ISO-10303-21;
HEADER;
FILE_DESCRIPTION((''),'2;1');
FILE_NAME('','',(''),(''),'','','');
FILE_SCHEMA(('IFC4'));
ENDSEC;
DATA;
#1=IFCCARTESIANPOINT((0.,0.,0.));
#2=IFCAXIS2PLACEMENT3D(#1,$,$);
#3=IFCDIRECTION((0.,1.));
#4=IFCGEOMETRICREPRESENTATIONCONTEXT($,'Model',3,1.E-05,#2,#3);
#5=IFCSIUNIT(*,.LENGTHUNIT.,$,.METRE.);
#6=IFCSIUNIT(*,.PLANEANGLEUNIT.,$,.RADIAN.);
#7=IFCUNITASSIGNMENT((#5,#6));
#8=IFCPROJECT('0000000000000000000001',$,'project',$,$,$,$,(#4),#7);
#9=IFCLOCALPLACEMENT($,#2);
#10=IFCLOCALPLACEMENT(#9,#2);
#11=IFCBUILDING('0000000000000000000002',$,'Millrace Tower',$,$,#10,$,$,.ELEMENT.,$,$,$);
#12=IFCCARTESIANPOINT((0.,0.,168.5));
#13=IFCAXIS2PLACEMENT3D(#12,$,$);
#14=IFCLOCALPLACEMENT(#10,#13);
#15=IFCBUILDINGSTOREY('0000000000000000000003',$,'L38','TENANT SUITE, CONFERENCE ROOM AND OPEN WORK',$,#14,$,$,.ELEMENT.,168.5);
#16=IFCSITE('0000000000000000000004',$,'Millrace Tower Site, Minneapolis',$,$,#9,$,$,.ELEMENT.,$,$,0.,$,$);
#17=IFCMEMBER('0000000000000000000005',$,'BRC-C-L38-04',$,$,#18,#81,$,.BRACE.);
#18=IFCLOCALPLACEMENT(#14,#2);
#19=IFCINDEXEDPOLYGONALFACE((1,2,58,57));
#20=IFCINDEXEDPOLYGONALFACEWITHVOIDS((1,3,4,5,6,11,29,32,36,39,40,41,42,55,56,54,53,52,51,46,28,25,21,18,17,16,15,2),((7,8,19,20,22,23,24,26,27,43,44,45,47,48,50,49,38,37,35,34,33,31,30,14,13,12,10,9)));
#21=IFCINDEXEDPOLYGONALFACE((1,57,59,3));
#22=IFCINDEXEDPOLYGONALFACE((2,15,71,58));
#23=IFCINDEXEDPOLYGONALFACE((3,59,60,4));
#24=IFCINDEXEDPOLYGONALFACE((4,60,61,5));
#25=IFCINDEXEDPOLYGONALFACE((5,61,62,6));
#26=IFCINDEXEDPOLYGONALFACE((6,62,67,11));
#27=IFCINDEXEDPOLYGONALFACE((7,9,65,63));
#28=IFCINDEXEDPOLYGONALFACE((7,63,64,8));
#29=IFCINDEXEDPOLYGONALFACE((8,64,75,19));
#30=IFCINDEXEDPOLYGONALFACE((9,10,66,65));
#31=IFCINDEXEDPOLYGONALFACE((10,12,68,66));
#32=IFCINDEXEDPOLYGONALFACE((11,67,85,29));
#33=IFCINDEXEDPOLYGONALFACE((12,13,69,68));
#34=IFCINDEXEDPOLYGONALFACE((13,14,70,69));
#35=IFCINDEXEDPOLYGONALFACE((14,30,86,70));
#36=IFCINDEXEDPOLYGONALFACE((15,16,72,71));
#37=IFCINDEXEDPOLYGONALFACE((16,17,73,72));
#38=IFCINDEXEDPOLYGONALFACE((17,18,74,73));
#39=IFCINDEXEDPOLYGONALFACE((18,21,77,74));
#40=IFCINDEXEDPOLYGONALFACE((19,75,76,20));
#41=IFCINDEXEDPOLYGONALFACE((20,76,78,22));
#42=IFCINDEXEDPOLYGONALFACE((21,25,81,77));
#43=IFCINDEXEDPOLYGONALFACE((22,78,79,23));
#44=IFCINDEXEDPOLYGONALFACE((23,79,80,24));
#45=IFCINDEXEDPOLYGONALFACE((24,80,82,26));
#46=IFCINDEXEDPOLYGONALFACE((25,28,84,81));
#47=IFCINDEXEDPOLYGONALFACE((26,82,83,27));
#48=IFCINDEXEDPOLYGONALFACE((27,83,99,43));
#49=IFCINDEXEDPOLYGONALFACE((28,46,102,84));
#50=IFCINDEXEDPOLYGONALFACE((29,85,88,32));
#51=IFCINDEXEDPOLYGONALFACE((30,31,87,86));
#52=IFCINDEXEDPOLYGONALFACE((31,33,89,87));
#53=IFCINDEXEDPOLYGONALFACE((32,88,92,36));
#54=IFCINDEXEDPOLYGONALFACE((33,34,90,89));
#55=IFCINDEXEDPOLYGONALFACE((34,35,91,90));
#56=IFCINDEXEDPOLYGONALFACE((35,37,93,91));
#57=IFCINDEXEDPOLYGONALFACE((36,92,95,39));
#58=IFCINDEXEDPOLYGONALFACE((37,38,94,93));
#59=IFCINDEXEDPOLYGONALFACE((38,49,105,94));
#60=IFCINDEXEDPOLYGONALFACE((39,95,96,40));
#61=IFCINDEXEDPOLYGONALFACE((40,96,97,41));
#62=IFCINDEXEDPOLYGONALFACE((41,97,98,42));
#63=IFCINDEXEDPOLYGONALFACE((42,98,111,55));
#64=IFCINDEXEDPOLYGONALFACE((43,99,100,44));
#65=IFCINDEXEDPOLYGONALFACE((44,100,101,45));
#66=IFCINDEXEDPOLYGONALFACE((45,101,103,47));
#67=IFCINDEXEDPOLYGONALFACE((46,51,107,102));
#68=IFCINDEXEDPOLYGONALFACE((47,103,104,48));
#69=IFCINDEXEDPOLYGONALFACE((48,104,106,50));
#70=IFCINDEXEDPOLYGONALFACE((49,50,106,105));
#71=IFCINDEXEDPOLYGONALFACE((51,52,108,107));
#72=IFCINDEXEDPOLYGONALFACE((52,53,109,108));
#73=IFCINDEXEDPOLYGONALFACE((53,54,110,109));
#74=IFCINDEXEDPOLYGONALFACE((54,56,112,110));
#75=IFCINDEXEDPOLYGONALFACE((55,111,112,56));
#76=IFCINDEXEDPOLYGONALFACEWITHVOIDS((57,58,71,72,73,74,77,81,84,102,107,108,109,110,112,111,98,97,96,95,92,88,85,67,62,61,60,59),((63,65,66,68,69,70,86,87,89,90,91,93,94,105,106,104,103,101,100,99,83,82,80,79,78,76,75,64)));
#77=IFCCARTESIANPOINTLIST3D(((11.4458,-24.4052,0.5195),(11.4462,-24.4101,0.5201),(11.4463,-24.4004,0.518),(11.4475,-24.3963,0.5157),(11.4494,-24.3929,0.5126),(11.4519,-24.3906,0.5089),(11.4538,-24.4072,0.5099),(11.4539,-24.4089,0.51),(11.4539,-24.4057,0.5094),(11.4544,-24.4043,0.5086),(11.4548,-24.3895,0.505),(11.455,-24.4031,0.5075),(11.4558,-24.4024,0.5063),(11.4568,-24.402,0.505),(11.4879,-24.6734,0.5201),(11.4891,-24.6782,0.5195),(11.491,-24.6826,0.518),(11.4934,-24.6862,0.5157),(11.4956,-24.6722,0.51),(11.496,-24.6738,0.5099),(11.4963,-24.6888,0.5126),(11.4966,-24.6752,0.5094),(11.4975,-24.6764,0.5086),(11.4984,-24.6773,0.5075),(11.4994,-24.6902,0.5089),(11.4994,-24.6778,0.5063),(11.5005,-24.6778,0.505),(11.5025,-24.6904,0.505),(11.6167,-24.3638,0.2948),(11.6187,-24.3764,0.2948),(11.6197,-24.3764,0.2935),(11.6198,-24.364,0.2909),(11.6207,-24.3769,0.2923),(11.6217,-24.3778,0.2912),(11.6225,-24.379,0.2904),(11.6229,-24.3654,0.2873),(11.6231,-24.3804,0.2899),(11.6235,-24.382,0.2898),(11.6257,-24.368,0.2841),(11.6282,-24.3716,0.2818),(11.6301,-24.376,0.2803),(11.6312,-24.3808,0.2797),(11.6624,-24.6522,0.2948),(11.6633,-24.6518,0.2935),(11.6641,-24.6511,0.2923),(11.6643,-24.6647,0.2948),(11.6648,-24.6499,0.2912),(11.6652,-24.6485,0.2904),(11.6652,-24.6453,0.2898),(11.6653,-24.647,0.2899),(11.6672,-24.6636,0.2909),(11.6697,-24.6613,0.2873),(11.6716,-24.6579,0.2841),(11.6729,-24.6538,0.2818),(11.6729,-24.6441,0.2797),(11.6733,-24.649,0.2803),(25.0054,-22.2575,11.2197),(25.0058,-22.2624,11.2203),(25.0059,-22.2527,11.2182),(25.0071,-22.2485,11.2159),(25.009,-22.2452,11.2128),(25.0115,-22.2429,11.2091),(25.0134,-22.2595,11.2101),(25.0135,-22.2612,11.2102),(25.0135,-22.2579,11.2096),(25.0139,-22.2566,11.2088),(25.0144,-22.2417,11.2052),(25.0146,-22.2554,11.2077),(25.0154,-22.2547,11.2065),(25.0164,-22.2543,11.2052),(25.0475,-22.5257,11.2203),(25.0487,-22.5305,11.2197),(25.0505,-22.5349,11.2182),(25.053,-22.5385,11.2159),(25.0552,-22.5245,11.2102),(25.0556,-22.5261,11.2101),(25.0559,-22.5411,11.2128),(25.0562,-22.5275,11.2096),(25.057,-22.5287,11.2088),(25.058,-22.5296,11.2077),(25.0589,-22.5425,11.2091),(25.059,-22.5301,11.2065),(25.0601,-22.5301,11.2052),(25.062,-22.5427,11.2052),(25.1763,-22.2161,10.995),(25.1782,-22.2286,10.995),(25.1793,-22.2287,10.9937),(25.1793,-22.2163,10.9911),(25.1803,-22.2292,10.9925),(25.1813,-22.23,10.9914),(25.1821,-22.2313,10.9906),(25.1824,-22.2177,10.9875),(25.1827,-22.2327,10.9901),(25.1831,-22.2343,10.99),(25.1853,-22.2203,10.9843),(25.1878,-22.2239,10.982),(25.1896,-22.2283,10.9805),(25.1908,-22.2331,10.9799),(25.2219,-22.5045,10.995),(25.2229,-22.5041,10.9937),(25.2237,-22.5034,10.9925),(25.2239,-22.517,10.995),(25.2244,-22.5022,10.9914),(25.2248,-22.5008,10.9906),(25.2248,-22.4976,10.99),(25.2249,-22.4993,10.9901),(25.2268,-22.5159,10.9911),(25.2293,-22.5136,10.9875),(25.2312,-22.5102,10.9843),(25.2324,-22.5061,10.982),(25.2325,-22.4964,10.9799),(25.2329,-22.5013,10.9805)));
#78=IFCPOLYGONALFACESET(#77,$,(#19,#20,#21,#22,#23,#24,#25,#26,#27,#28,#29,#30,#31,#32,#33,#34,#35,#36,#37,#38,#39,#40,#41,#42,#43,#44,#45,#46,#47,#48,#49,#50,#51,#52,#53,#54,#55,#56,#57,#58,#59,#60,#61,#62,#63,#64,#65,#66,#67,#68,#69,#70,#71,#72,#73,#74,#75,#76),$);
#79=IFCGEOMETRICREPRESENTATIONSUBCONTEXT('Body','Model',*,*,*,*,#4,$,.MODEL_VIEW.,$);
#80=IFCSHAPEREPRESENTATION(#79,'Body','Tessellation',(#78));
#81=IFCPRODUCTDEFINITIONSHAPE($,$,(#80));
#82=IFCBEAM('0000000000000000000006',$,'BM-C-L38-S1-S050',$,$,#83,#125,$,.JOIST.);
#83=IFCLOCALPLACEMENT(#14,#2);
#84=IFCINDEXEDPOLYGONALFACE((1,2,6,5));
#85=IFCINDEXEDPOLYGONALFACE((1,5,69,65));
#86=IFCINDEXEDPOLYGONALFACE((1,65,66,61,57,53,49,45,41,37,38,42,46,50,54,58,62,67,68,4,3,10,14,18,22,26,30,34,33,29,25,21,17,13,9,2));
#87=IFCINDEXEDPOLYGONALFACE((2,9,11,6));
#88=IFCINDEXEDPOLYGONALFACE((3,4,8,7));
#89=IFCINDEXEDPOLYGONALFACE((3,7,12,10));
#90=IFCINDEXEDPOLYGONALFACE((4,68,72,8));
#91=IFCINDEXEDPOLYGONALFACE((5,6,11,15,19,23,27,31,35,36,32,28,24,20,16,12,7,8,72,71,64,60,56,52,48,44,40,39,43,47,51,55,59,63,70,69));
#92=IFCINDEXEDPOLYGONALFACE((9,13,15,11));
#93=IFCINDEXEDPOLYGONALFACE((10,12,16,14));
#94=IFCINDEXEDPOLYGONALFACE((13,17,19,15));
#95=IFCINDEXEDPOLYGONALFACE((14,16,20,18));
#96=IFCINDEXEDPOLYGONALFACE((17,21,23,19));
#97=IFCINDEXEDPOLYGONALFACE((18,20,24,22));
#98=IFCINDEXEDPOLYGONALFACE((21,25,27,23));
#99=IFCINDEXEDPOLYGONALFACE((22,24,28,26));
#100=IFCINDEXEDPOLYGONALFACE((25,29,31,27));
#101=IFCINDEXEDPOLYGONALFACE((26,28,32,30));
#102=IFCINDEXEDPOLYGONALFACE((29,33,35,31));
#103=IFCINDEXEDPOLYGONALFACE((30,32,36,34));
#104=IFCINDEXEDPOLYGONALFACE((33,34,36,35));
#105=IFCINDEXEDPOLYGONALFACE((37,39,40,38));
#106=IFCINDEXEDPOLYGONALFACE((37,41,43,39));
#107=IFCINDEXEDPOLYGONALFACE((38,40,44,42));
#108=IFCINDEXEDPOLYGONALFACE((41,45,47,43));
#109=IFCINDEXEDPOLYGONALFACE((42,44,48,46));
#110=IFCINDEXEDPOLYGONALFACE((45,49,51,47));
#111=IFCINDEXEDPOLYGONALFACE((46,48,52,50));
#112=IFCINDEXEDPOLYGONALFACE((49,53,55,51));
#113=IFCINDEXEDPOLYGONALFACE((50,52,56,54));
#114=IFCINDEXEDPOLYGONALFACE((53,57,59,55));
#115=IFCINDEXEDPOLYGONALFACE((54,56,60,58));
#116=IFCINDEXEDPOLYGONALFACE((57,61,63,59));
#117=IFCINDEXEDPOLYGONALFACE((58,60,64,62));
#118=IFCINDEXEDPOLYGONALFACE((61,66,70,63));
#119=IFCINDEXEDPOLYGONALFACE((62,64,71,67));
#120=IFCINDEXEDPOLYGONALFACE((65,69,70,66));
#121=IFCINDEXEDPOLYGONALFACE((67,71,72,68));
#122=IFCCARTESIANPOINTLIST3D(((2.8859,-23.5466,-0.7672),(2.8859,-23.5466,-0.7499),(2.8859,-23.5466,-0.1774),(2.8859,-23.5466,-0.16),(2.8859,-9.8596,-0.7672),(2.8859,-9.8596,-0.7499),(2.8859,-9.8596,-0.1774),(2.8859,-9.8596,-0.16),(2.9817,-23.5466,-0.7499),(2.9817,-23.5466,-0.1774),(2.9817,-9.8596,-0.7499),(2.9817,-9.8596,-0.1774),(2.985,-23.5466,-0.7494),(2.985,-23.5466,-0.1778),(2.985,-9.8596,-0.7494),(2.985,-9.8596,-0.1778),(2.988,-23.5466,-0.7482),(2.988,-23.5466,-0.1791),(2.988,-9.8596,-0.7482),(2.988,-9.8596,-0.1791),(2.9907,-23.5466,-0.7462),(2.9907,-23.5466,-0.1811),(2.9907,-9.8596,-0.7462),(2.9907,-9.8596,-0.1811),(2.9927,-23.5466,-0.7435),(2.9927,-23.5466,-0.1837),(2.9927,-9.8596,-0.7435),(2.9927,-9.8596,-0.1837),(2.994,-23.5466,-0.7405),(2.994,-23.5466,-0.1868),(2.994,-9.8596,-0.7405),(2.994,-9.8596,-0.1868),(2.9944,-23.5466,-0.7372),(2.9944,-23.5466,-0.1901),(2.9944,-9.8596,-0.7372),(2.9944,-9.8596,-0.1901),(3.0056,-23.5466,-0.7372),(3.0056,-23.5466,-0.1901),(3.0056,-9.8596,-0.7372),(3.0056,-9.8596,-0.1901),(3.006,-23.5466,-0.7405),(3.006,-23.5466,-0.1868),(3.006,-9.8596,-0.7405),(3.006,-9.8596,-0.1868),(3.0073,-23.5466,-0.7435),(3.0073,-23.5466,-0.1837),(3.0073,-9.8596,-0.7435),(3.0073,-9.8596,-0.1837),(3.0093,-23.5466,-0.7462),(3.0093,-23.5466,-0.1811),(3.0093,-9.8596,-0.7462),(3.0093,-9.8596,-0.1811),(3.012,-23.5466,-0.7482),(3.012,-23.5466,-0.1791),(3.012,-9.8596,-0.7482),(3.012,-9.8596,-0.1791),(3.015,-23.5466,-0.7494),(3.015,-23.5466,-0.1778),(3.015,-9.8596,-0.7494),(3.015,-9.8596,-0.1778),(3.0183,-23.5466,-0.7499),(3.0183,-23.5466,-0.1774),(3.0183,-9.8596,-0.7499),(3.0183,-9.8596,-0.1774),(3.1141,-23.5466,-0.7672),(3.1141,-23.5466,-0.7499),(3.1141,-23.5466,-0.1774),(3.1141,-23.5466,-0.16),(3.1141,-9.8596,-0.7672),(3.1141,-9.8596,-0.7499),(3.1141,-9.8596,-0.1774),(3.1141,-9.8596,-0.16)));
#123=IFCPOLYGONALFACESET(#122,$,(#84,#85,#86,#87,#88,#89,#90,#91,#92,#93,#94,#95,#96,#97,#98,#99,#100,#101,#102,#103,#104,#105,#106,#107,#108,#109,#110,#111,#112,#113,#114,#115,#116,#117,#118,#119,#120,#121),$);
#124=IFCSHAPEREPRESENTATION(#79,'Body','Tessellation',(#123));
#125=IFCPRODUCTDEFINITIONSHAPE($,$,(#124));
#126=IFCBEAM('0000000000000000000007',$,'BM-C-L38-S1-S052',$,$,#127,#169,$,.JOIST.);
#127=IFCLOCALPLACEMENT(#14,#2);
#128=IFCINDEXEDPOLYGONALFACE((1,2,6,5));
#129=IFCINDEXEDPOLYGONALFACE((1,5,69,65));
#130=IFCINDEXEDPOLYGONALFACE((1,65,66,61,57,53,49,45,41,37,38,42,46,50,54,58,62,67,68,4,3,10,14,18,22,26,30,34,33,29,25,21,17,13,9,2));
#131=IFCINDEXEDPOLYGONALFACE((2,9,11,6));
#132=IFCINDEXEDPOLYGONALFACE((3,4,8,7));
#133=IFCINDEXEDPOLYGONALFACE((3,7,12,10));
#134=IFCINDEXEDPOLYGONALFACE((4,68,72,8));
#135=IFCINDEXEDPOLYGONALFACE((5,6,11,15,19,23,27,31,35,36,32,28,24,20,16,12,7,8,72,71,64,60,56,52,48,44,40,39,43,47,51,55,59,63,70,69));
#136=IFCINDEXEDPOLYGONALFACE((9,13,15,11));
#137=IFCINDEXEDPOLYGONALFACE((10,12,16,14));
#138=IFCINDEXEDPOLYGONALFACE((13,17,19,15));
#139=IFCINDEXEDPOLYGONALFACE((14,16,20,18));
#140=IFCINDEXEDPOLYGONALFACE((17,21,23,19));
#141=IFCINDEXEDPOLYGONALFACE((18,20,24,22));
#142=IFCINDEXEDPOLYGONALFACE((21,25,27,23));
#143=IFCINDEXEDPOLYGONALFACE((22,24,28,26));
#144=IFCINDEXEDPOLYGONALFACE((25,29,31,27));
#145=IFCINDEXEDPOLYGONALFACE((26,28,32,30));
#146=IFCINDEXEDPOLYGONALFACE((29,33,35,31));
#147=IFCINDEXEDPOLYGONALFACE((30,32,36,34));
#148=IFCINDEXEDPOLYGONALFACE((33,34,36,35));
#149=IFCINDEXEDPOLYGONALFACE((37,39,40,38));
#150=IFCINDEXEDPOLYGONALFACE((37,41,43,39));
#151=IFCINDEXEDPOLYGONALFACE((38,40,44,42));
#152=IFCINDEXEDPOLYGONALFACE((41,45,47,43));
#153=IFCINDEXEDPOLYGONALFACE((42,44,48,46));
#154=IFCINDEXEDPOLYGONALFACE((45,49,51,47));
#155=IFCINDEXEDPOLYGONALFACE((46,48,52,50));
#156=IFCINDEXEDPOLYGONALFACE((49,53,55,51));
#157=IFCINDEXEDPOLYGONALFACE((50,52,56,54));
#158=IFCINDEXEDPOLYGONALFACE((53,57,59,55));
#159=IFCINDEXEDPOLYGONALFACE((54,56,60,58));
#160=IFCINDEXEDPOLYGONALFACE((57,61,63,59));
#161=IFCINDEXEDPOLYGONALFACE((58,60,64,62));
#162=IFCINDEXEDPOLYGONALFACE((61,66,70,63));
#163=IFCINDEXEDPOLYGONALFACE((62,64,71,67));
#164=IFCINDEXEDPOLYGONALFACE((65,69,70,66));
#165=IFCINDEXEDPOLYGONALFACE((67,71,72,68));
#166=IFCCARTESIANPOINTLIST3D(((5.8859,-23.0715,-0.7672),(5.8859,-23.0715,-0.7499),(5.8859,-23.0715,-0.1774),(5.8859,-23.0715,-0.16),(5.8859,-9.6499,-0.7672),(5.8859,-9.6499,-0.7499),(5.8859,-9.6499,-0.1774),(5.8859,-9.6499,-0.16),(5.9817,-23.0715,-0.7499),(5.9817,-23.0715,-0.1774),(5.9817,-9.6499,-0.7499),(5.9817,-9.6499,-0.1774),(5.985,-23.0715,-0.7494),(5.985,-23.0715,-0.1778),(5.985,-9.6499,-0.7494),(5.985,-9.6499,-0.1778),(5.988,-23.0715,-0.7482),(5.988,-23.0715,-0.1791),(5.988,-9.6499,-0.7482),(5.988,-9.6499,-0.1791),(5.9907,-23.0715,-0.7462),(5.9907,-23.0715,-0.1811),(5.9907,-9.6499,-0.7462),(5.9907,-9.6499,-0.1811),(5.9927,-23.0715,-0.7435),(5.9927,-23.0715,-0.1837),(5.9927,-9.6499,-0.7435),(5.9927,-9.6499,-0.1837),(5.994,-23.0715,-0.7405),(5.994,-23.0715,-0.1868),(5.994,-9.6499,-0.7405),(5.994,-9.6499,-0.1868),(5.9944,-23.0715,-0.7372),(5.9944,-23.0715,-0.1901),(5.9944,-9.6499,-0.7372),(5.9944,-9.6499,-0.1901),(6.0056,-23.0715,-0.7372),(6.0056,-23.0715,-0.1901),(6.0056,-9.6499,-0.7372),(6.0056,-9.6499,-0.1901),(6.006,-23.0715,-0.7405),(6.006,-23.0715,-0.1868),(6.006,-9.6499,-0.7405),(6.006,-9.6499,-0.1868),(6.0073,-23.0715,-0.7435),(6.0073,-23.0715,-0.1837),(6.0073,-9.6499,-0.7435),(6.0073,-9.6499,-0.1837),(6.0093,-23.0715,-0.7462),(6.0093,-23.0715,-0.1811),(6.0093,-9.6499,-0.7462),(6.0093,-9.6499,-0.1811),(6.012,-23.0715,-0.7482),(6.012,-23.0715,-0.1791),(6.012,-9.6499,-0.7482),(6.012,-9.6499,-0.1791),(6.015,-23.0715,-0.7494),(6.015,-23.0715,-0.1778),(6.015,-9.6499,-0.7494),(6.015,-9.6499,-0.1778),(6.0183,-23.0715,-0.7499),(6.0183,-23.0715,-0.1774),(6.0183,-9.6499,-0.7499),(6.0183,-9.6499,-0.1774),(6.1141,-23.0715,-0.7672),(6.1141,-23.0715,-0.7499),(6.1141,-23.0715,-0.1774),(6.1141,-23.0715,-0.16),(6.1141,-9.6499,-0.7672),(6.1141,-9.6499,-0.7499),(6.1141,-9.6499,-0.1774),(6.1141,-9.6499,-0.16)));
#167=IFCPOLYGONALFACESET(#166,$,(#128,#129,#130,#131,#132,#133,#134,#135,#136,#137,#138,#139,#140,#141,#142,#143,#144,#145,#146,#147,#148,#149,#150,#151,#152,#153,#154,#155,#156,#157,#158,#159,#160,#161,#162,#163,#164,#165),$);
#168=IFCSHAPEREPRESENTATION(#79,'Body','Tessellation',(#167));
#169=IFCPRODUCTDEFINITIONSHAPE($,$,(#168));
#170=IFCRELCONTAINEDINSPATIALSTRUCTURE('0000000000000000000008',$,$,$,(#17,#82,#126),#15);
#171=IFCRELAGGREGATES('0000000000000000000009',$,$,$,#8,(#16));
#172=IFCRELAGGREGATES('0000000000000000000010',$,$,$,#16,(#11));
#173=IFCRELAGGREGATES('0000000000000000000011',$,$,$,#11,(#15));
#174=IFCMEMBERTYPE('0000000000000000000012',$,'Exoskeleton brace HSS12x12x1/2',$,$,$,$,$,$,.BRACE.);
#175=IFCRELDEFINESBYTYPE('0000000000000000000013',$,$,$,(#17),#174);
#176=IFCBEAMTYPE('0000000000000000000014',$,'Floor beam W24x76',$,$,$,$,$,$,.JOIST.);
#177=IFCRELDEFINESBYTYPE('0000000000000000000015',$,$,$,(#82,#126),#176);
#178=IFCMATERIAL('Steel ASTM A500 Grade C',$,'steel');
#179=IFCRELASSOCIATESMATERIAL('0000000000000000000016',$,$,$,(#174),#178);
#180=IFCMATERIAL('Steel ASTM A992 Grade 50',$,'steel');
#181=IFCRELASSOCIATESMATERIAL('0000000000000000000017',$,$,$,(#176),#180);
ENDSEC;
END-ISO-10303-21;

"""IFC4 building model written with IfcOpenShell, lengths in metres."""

from ifc_helpers import new_model, si_unit, direction, frame, origin, origin_2d, place, context, subcontext, project, spatial, hollow_rectangle, i_section, extrude, material, material_profile, profile_set, type_object, element, save


model = new_model("IFC4")

# Units and contexts
model_context = context("Model", 3, precision=1e-05, world=origin(), true_north=direction((0.0, 1.0)))
body_context = subcontext(model_context, "Body", "Model", "MODEL_VIEW")
ifc_project = project(units=[si_unit("LENGTHUNIT", "METRE"), si_unit("PLANEANGLEUNIT", "RADIAN")], contexts=[model_context])

# Site, building, storey
site_placement = place(None, origin())
site = spatial("IfcSite", under=ifc_project, at=site_placement, Name="Millrace Tower Site, Minneapolis", CompositionType="ELEMENT", RefElevation=0.0)
building_placement = place(site_placement, origin())
building = spatial("IfcBuilding", under=site, at=building_placement, Name="Millrace Tower", CompositionType="ELEMENT")
storey_placement = place(building_placement, frame((0.0, 0.0, 168.5)))
storey = spatial("IfcBuildingStorey", under=building, at=storey_placement, Name="L38", Description="TENANT SUITE, CONFERENCE ROOM AND OPEN WORK", CompositionType="ELEMENT", Elevation=168.5)

# Member
ifc_material_1 = material(Name="Steel ASTM A500 Grade C", Category="steel")
ifc_material_profile_1 = material_profile(ifc_material_1, hollow_rectangle(XDim=0.3047, YDim=0.3047, WallThickness=0.0127, InnerFilletRadius=0.0063, OuterFilletRadius=0.019, at=origin_2d()))
ifc_profile_set_1 = profile_set([ifc_material_profile_1], Name="Steel ASTM A500 Grade C")
member_type_1 = type_object("IfcMemberType", Name="Exoskeleton brace HSS12x12x1/2", PredefinedType="BRACE", material=ifc_profile_set_1)
member_1_placement = place(storey_placement, frame((11.5596, -24.5271, 0.3999), z_axis=(0.779017, 0.123389, 0.614742), x_axis=(-0.15644, 0.987687, 0.0)))
element("IfcMember", 1, at=member_1_placement, inside=storey, type_object=member_type_1, Name="BRC-C-L38-04", PredefinedType="BRACE", context=body_context, shape_type="SweptSolid", body=[
    extrude(hollow_rectangle(XDim=0.3047, YDim=0.3047, WallThickness=0.0127, InnerFilletRadius=0.0063, OuterFilletRadius=0.019, at=origin_2d()), origin(), (0.0, 0.0, 1.0), 17.406),
])

# Beams
ifc_material_2 = material(Name="Steel ASTM A992 Grade 50", Category="steel")
ifc_material_profile_2 = material_profile(ifc_material_2, i_section(OverallWidth=0.2283, OverallDepth=0.6072, WebThickness=0.0112, FlangeThickness=0.0173, FilletRadius=0.0127, at=origin_2d()))
ifc_profile_set_2 = profile_set([ifc_material_profile_2], Name="Steel ASTM A992 Grade 50")
beam_type_1 = type_object("IfcBeamType", Name="Floor beam W24x76", PredefinedType="JOIST", material=ifc_profile_set_2)
beam_1_placement = place(storey_placement, frame((3.0, -23.5466, -0.4636), z_axis=(0.0, 1.0, 0.0), x_axis=(-1.0, 0.0, 0.0)))
element("IfcBeam", 2, at=beam_1_placement, inside=storey, type_object=beam_type_1, Name="BM-C-L38-S1-S050", PredefinedType="JOIST", context=body_context, shape_type="SweptSolid", body=[
    extrude(i_section(OverallWidth=0.2283, OverallDepth=0.6072, WebThickness=0.0112, FlangeThickness=0.0173, FilletRadius=0.0127, at=origin_2d()), origin(), (0.0, 0.0, 1.0), 13.687),
])
beam_2_placement = place(storey_placement, frame((6.0, -23.0715, -0.4636), z_axis=(0.0, 1.0, 0.0), x_axis=(-1.0, 0.0, 0.0)))
element("IfcBeam", 3, at=beam_2_placement, inside=storey, type_object=beam_type_1, Name="BM-C-L38-S1-S052", PredefinedType="JOIST", context=body_context, shape_type="SweptSolid", body=[
    extrude(i_section(OverallWidth=0.2283, OverallDepth=0.6072, WebThickness=0.0112, FlangeThickness=0.0173, FilletRadius=0.0127, at=origin_2d()), origin(), (0.0, 0.0, 1.0), 13.4216),
])

save(model, "model.ifc")
